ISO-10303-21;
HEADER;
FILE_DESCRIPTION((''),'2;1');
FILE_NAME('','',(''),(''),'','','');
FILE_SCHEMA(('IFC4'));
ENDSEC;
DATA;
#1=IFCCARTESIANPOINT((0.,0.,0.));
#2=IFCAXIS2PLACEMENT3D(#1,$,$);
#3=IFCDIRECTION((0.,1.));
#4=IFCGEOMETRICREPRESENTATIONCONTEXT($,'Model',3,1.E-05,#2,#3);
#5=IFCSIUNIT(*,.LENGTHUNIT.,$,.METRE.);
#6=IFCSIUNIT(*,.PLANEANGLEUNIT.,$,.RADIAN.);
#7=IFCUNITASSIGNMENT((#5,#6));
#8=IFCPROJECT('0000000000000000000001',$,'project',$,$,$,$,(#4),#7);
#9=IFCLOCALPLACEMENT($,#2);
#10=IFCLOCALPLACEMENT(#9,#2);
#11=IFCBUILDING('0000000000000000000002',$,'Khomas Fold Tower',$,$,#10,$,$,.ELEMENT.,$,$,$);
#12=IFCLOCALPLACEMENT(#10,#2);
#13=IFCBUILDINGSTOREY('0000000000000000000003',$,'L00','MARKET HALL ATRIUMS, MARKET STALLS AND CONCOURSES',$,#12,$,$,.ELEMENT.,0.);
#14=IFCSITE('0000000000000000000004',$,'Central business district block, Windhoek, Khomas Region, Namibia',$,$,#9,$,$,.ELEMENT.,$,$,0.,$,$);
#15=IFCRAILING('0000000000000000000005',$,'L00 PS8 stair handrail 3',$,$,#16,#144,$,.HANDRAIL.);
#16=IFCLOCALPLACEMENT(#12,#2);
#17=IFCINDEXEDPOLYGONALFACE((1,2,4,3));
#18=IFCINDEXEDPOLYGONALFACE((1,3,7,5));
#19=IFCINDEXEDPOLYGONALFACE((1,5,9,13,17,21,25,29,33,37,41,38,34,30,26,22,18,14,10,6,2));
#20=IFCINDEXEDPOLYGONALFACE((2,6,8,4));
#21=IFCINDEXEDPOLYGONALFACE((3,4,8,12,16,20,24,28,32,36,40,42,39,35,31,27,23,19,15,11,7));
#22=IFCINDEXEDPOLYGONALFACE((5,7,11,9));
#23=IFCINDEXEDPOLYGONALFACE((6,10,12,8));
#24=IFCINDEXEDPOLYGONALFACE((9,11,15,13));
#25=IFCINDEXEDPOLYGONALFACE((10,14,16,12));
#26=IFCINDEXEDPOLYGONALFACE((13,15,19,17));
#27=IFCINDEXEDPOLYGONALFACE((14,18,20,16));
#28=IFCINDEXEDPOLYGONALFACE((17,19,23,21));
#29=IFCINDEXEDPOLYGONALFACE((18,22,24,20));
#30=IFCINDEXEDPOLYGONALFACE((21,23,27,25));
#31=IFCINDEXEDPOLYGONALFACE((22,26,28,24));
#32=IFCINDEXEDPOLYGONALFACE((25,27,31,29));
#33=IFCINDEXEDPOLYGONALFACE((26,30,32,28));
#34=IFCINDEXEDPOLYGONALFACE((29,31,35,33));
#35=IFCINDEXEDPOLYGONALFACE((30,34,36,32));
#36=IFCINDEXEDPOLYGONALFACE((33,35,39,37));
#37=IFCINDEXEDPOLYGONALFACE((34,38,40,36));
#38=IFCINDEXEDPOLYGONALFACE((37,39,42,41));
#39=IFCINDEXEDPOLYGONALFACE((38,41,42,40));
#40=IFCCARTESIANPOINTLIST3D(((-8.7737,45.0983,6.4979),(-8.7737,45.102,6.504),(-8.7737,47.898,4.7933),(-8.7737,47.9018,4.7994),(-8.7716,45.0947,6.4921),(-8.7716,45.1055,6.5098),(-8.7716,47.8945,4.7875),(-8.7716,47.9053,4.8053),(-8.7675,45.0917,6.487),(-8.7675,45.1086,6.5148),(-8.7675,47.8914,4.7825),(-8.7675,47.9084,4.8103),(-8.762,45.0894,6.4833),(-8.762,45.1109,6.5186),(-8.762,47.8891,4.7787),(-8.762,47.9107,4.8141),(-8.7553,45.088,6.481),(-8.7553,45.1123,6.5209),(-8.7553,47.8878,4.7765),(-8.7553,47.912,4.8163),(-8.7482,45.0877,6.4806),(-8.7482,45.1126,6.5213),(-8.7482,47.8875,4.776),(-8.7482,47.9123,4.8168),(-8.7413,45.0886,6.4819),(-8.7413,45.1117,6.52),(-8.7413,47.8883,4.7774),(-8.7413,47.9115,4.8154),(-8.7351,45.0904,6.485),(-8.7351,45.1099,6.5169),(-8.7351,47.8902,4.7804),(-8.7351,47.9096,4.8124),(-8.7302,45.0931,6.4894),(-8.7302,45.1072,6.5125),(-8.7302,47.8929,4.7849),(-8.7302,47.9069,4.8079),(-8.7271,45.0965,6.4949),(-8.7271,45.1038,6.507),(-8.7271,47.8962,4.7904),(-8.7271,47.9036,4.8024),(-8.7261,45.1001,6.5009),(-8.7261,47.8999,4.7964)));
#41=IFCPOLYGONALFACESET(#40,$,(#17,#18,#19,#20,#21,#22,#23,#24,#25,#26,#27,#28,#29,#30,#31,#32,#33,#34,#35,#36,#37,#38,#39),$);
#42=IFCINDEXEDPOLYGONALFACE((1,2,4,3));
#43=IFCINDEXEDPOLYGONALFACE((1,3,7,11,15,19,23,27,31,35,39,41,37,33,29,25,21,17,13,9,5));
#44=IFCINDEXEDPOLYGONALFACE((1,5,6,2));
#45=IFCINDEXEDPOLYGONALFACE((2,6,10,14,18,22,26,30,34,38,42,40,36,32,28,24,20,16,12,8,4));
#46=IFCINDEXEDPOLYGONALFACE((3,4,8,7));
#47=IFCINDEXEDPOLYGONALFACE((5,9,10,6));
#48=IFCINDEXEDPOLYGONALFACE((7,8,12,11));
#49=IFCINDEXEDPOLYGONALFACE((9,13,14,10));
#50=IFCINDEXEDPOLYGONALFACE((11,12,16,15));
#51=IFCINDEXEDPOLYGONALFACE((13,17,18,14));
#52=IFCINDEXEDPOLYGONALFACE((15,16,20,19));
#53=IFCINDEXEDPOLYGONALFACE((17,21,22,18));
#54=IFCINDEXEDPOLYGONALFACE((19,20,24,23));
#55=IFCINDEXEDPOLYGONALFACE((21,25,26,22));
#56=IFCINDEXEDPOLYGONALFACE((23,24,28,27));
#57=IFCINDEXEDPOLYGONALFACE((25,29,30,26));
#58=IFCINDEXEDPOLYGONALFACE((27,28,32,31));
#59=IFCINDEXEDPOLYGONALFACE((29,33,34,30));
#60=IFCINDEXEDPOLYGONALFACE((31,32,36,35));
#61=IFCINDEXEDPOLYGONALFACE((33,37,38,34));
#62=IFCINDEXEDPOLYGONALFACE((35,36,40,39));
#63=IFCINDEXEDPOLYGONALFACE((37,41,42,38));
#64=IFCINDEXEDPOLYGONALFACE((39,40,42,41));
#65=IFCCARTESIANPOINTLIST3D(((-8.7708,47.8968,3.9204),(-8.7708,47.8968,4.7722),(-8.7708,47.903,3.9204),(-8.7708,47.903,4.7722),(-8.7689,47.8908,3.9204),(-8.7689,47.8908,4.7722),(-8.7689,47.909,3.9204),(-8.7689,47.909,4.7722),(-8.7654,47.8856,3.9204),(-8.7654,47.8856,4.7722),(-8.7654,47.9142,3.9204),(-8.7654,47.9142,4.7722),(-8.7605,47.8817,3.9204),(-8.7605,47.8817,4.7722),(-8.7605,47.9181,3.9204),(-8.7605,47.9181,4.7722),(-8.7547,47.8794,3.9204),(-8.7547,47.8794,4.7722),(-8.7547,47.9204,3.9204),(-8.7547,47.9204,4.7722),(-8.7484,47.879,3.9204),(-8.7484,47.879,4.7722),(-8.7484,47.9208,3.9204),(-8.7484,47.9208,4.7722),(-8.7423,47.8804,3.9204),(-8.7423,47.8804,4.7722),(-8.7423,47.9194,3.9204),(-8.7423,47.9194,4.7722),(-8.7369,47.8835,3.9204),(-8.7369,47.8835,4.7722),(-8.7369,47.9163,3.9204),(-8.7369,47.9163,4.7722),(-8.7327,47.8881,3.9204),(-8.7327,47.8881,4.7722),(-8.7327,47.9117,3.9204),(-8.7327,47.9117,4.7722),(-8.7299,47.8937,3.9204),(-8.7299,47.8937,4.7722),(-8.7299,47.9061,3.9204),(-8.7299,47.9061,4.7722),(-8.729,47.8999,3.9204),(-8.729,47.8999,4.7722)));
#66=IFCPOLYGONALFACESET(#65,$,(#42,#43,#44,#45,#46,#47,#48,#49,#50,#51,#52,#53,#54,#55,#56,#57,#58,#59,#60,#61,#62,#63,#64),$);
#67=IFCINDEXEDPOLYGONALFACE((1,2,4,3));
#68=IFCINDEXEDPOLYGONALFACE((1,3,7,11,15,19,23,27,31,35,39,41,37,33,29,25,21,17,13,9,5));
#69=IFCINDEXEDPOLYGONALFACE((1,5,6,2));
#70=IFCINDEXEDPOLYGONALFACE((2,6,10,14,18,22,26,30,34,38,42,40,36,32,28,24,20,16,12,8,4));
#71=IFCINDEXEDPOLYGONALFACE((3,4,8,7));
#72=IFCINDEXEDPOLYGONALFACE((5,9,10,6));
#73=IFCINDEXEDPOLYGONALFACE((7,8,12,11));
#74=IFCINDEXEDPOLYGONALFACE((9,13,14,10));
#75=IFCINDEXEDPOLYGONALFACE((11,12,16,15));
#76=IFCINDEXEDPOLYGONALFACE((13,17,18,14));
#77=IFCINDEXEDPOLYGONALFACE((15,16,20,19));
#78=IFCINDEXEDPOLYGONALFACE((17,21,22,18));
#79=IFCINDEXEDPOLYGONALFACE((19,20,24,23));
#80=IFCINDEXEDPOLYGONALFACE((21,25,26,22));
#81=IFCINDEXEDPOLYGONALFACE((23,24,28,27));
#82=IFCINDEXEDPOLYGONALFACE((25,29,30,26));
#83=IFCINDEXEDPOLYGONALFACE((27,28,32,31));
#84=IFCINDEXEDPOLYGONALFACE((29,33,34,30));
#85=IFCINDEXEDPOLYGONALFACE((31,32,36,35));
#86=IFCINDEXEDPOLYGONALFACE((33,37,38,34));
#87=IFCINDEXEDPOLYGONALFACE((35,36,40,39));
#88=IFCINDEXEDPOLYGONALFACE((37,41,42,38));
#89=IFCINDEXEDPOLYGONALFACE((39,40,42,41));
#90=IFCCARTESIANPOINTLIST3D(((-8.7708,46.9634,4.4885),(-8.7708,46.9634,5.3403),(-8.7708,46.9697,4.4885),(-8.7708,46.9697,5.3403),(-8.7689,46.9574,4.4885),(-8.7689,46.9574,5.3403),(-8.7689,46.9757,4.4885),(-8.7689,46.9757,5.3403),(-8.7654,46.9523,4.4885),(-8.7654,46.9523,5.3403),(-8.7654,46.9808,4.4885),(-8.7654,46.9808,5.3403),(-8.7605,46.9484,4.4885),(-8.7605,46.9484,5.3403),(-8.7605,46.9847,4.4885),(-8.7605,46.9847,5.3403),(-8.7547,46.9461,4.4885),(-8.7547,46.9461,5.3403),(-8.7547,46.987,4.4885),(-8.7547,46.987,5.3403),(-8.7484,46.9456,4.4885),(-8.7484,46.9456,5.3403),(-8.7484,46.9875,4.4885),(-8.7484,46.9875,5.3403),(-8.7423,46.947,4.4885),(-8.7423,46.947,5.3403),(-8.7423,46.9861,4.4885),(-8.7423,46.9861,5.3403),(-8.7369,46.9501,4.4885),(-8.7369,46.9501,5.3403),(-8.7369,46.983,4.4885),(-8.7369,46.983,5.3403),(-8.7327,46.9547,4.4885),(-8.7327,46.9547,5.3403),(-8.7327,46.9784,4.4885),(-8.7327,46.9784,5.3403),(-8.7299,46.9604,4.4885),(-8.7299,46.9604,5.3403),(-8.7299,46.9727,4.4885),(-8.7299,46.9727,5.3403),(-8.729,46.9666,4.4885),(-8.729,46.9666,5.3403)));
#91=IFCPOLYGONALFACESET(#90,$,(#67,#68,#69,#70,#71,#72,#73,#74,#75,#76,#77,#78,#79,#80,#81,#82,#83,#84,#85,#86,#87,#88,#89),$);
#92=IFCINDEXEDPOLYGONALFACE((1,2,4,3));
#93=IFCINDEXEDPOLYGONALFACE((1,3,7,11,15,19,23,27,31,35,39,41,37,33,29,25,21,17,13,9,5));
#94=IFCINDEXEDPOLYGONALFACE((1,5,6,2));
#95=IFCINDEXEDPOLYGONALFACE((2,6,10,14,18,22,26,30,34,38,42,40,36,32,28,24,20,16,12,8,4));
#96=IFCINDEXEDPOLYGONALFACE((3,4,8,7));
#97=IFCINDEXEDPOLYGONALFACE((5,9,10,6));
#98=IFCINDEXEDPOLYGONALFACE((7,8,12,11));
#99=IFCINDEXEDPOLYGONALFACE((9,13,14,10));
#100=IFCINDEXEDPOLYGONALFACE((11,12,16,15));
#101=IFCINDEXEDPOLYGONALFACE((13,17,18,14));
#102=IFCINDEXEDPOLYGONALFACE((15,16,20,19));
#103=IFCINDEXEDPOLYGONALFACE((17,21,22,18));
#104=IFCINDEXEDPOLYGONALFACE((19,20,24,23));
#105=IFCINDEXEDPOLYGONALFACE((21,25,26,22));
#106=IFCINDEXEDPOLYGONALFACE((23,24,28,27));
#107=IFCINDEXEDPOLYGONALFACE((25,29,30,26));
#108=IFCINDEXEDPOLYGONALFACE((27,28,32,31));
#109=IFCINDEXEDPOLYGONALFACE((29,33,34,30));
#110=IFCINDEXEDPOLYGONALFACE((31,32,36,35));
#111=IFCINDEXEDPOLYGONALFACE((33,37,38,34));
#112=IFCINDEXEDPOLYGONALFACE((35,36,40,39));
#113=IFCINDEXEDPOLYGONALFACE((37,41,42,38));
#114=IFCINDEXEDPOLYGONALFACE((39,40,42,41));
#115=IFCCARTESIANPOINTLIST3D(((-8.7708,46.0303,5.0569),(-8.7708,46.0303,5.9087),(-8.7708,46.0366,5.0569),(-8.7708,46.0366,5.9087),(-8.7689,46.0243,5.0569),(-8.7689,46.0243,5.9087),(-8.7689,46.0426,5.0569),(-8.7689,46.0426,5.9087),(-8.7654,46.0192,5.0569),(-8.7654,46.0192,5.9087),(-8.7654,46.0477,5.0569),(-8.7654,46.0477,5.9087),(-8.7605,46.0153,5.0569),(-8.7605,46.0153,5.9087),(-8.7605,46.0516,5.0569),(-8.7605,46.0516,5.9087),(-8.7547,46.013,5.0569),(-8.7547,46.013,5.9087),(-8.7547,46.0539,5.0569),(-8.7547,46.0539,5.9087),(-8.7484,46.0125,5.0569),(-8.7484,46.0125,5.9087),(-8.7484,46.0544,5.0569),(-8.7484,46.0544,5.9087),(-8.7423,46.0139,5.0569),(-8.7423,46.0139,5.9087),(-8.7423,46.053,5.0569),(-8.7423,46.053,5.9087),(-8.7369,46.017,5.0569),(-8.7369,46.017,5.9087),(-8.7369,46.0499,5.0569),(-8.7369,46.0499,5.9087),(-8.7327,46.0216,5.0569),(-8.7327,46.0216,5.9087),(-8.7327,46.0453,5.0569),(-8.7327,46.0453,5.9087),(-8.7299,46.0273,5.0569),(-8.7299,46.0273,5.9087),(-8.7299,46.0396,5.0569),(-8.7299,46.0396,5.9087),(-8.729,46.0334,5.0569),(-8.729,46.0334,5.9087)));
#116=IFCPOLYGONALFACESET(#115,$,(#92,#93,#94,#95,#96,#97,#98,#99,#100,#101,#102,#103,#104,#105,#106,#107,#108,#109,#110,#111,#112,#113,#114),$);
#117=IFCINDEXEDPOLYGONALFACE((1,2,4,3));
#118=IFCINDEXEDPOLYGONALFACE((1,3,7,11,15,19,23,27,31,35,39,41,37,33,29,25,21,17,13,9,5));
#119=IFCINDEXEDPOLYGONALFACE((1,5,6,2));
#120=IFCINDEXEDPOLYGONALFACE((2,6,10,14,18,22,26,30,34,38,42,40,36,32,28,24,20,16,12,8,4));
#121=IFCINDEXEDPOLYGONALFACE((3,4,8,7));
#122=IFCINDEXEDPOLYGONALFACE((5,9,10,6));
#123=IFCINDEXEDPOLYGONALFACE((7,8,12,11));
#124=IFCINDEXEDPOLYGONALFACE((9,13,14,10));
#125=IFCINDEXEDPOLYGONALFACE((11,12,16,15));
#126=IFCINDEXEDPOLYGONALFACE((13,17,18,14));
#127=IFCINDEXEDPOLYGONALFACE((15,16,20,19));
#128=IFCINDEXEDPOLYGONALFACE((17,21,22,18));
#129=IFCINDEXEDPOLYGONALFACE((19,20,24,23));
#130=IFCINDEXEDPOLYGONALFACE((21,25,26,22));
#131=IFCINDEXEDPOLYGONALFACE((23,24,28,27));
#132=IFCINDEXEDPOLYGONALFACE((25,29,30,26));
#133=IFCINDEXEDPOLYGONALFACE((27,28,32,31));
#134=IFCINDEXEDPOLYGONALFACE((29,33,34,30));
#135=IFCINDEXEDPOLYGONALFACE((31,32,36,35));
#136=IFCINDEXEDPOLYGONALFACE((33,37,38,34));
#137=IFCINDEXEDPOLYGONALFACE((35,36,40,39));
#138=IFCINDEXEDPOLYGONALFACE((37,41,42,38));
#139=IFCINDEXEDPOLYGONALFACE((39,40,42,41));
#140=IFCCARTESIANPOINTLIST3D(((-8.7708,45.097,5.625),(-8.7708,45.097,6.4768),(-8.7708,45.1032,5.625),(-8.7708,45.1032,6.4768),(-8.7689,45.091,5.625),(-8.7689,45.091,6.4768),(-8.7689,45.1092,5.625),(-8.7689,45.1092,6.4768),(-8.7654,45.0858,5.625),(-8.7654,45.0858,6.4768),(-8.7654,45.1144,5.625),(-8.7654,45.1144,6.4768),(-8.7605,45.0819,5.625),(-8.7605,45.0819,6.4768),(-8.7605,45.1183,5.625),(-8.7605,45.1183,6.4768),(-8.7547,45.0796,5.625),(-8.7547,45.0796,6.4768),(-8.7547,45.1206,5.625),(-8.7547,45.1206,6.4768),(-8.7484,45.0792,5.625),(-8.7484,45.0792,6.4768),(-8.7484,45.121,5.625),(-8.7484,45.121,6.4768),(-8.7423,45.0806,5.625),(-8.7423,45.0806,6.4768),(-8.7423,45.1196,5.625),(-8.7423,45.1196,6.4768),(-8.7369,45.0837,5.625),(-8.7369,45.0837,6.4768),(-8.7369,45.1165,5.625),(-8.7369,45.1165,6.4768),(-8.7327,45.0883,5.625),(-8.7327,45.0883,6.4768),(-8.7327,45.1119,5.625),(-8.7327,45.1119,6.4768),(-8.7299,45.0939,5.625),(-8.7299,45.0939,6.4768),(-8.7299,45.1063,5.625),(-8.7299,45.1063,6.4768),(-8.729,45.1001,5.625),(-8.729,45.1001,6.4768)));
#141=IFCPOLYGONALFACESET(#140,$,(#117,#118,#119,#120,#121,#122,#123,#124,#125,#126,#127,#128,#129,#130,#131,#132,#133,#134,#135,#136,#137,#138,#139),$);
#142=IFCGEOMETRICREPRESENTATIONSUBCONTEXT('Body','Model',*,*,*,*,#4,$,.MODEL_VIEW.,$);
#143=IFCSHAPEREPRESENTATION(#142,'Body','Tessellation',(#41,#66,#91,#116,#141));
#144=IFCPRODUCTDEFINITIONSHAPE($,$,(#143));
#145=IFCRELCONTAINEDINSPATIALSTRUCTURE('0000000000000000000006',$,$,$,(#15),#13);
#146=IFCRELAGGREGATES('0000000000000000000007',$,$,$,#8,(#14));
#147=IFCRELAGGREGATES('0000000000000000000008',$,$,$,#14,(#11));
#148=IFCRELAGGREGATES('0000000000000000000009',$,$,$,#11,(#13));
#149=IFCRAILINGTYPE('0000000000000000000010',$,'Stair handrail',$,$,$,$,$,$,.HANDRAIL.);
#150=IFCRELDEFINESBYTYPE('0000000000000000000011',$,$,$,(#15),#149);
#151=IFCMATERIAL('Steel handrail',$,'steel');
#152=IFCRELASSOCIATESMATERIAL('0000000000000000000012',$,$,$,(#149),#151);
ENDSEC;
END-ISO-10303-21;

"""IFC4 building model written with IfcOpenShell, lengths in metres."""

from ifc_helpers import new_model, si_unit, direction, frame, origin, origin_2d, place, context, subcontext, project, spatial, circle, extrude, source, transform, mapped, material, type_object, element, save


model = new_model("IFC4")

# Units and contexts
model_context = context("Model", 3, precision=1e-05, world=origin(), true_north=direction((0.0, 1.0)))
body_context = subcontext(model_context, "Body", "Model", "MODEL_VIEW")
ifc_project = project(units=[si_unit("LENGTHUNIT", "METRE"), si_unit("PLANEANGLEUNIT", "RADIAN")], contexts=[model_context])

# Site, building, storey
site_placement = place(None, origin())
site = spatial("IfcSite", under=ifc_project, at=site_placement, Name="Central business district block, Windhoek, Khomas Region, Namibia", CompositionType="ELEMENT", RefElevation=0.0)
building_placement = place(site_placement, origin())
building = spatial("IfcBuilding", under=site, at=building_placement, Name="Khomas Fold Tower", CompositionType="ELEMENT")
storey_placement = place(building_placement, origin())
storey = spatial("IfcBuildingStorey", under=building, at=storey_placement, Name="L00", Description="MARKET HALL ATRIUMS, MARKET STALLS AND CONCOURSES", CompositionType="ELEMENT", Elevation=0.0)

# Railing
ifc_material_1 = material(Name="Steel handrail", Category="steel")
railing_type_1 = type_object("IfcRailingType", Name="Stair handrail", PredefinedType="HANDRAIL", material=ifc_material_1)
shared_shape_1 = source(origin(), body_context, "Body", "SweptSolid", [
    extrude(circle(Radius=0.0239, at=origin_2d()), frame((0.0, 0.0, 0.876), z_axis=(0.0, -0.85415, 0.520027), x_axis=(1.0, 0.0, 0.0)), (0.0, 0.0, 1.0), 3.2778),
    extrude(circle(Radius=0.021, at=origin_2d()), origin(), (0.0, 0.0, 1.0), 0.8518),
    extrude(circle(Radius=0.021, at=origin_2d()), frame((0.0, -0.9333, 0.5681)), (0.0, 0.0, 1.0), 0.8518),
    extrude(circle(Radius=0.021, at=origin_2d()), frame((0.0, -1.8665, 1.1365)), (0.0, 0.0, 1.0), 0.8518),
    extrude(circle(Radius=0.021, at=origin_2d()), frame((0.0, -2.7998, 1.7046)), (0.0, 0.0, 1.0), 0.8518),
])
for number, where, name in (
    (1, (-8.75, 47.8999, 3.9204), "L00 PS8 stair handrail 3"),
):
    element("IfcRailing", number, at=place(storey_placement, frame(where)), inside=storey, type_object=railing_type_1, Name=name, PredefinedType="HANDRAIL", context=body_context, shape_type="MappedRepresentation", body=[
        mapped(shared_shape_1, transform((0.0, 0.0, 0.0))),
    ])

save(model, "model.ifc")
